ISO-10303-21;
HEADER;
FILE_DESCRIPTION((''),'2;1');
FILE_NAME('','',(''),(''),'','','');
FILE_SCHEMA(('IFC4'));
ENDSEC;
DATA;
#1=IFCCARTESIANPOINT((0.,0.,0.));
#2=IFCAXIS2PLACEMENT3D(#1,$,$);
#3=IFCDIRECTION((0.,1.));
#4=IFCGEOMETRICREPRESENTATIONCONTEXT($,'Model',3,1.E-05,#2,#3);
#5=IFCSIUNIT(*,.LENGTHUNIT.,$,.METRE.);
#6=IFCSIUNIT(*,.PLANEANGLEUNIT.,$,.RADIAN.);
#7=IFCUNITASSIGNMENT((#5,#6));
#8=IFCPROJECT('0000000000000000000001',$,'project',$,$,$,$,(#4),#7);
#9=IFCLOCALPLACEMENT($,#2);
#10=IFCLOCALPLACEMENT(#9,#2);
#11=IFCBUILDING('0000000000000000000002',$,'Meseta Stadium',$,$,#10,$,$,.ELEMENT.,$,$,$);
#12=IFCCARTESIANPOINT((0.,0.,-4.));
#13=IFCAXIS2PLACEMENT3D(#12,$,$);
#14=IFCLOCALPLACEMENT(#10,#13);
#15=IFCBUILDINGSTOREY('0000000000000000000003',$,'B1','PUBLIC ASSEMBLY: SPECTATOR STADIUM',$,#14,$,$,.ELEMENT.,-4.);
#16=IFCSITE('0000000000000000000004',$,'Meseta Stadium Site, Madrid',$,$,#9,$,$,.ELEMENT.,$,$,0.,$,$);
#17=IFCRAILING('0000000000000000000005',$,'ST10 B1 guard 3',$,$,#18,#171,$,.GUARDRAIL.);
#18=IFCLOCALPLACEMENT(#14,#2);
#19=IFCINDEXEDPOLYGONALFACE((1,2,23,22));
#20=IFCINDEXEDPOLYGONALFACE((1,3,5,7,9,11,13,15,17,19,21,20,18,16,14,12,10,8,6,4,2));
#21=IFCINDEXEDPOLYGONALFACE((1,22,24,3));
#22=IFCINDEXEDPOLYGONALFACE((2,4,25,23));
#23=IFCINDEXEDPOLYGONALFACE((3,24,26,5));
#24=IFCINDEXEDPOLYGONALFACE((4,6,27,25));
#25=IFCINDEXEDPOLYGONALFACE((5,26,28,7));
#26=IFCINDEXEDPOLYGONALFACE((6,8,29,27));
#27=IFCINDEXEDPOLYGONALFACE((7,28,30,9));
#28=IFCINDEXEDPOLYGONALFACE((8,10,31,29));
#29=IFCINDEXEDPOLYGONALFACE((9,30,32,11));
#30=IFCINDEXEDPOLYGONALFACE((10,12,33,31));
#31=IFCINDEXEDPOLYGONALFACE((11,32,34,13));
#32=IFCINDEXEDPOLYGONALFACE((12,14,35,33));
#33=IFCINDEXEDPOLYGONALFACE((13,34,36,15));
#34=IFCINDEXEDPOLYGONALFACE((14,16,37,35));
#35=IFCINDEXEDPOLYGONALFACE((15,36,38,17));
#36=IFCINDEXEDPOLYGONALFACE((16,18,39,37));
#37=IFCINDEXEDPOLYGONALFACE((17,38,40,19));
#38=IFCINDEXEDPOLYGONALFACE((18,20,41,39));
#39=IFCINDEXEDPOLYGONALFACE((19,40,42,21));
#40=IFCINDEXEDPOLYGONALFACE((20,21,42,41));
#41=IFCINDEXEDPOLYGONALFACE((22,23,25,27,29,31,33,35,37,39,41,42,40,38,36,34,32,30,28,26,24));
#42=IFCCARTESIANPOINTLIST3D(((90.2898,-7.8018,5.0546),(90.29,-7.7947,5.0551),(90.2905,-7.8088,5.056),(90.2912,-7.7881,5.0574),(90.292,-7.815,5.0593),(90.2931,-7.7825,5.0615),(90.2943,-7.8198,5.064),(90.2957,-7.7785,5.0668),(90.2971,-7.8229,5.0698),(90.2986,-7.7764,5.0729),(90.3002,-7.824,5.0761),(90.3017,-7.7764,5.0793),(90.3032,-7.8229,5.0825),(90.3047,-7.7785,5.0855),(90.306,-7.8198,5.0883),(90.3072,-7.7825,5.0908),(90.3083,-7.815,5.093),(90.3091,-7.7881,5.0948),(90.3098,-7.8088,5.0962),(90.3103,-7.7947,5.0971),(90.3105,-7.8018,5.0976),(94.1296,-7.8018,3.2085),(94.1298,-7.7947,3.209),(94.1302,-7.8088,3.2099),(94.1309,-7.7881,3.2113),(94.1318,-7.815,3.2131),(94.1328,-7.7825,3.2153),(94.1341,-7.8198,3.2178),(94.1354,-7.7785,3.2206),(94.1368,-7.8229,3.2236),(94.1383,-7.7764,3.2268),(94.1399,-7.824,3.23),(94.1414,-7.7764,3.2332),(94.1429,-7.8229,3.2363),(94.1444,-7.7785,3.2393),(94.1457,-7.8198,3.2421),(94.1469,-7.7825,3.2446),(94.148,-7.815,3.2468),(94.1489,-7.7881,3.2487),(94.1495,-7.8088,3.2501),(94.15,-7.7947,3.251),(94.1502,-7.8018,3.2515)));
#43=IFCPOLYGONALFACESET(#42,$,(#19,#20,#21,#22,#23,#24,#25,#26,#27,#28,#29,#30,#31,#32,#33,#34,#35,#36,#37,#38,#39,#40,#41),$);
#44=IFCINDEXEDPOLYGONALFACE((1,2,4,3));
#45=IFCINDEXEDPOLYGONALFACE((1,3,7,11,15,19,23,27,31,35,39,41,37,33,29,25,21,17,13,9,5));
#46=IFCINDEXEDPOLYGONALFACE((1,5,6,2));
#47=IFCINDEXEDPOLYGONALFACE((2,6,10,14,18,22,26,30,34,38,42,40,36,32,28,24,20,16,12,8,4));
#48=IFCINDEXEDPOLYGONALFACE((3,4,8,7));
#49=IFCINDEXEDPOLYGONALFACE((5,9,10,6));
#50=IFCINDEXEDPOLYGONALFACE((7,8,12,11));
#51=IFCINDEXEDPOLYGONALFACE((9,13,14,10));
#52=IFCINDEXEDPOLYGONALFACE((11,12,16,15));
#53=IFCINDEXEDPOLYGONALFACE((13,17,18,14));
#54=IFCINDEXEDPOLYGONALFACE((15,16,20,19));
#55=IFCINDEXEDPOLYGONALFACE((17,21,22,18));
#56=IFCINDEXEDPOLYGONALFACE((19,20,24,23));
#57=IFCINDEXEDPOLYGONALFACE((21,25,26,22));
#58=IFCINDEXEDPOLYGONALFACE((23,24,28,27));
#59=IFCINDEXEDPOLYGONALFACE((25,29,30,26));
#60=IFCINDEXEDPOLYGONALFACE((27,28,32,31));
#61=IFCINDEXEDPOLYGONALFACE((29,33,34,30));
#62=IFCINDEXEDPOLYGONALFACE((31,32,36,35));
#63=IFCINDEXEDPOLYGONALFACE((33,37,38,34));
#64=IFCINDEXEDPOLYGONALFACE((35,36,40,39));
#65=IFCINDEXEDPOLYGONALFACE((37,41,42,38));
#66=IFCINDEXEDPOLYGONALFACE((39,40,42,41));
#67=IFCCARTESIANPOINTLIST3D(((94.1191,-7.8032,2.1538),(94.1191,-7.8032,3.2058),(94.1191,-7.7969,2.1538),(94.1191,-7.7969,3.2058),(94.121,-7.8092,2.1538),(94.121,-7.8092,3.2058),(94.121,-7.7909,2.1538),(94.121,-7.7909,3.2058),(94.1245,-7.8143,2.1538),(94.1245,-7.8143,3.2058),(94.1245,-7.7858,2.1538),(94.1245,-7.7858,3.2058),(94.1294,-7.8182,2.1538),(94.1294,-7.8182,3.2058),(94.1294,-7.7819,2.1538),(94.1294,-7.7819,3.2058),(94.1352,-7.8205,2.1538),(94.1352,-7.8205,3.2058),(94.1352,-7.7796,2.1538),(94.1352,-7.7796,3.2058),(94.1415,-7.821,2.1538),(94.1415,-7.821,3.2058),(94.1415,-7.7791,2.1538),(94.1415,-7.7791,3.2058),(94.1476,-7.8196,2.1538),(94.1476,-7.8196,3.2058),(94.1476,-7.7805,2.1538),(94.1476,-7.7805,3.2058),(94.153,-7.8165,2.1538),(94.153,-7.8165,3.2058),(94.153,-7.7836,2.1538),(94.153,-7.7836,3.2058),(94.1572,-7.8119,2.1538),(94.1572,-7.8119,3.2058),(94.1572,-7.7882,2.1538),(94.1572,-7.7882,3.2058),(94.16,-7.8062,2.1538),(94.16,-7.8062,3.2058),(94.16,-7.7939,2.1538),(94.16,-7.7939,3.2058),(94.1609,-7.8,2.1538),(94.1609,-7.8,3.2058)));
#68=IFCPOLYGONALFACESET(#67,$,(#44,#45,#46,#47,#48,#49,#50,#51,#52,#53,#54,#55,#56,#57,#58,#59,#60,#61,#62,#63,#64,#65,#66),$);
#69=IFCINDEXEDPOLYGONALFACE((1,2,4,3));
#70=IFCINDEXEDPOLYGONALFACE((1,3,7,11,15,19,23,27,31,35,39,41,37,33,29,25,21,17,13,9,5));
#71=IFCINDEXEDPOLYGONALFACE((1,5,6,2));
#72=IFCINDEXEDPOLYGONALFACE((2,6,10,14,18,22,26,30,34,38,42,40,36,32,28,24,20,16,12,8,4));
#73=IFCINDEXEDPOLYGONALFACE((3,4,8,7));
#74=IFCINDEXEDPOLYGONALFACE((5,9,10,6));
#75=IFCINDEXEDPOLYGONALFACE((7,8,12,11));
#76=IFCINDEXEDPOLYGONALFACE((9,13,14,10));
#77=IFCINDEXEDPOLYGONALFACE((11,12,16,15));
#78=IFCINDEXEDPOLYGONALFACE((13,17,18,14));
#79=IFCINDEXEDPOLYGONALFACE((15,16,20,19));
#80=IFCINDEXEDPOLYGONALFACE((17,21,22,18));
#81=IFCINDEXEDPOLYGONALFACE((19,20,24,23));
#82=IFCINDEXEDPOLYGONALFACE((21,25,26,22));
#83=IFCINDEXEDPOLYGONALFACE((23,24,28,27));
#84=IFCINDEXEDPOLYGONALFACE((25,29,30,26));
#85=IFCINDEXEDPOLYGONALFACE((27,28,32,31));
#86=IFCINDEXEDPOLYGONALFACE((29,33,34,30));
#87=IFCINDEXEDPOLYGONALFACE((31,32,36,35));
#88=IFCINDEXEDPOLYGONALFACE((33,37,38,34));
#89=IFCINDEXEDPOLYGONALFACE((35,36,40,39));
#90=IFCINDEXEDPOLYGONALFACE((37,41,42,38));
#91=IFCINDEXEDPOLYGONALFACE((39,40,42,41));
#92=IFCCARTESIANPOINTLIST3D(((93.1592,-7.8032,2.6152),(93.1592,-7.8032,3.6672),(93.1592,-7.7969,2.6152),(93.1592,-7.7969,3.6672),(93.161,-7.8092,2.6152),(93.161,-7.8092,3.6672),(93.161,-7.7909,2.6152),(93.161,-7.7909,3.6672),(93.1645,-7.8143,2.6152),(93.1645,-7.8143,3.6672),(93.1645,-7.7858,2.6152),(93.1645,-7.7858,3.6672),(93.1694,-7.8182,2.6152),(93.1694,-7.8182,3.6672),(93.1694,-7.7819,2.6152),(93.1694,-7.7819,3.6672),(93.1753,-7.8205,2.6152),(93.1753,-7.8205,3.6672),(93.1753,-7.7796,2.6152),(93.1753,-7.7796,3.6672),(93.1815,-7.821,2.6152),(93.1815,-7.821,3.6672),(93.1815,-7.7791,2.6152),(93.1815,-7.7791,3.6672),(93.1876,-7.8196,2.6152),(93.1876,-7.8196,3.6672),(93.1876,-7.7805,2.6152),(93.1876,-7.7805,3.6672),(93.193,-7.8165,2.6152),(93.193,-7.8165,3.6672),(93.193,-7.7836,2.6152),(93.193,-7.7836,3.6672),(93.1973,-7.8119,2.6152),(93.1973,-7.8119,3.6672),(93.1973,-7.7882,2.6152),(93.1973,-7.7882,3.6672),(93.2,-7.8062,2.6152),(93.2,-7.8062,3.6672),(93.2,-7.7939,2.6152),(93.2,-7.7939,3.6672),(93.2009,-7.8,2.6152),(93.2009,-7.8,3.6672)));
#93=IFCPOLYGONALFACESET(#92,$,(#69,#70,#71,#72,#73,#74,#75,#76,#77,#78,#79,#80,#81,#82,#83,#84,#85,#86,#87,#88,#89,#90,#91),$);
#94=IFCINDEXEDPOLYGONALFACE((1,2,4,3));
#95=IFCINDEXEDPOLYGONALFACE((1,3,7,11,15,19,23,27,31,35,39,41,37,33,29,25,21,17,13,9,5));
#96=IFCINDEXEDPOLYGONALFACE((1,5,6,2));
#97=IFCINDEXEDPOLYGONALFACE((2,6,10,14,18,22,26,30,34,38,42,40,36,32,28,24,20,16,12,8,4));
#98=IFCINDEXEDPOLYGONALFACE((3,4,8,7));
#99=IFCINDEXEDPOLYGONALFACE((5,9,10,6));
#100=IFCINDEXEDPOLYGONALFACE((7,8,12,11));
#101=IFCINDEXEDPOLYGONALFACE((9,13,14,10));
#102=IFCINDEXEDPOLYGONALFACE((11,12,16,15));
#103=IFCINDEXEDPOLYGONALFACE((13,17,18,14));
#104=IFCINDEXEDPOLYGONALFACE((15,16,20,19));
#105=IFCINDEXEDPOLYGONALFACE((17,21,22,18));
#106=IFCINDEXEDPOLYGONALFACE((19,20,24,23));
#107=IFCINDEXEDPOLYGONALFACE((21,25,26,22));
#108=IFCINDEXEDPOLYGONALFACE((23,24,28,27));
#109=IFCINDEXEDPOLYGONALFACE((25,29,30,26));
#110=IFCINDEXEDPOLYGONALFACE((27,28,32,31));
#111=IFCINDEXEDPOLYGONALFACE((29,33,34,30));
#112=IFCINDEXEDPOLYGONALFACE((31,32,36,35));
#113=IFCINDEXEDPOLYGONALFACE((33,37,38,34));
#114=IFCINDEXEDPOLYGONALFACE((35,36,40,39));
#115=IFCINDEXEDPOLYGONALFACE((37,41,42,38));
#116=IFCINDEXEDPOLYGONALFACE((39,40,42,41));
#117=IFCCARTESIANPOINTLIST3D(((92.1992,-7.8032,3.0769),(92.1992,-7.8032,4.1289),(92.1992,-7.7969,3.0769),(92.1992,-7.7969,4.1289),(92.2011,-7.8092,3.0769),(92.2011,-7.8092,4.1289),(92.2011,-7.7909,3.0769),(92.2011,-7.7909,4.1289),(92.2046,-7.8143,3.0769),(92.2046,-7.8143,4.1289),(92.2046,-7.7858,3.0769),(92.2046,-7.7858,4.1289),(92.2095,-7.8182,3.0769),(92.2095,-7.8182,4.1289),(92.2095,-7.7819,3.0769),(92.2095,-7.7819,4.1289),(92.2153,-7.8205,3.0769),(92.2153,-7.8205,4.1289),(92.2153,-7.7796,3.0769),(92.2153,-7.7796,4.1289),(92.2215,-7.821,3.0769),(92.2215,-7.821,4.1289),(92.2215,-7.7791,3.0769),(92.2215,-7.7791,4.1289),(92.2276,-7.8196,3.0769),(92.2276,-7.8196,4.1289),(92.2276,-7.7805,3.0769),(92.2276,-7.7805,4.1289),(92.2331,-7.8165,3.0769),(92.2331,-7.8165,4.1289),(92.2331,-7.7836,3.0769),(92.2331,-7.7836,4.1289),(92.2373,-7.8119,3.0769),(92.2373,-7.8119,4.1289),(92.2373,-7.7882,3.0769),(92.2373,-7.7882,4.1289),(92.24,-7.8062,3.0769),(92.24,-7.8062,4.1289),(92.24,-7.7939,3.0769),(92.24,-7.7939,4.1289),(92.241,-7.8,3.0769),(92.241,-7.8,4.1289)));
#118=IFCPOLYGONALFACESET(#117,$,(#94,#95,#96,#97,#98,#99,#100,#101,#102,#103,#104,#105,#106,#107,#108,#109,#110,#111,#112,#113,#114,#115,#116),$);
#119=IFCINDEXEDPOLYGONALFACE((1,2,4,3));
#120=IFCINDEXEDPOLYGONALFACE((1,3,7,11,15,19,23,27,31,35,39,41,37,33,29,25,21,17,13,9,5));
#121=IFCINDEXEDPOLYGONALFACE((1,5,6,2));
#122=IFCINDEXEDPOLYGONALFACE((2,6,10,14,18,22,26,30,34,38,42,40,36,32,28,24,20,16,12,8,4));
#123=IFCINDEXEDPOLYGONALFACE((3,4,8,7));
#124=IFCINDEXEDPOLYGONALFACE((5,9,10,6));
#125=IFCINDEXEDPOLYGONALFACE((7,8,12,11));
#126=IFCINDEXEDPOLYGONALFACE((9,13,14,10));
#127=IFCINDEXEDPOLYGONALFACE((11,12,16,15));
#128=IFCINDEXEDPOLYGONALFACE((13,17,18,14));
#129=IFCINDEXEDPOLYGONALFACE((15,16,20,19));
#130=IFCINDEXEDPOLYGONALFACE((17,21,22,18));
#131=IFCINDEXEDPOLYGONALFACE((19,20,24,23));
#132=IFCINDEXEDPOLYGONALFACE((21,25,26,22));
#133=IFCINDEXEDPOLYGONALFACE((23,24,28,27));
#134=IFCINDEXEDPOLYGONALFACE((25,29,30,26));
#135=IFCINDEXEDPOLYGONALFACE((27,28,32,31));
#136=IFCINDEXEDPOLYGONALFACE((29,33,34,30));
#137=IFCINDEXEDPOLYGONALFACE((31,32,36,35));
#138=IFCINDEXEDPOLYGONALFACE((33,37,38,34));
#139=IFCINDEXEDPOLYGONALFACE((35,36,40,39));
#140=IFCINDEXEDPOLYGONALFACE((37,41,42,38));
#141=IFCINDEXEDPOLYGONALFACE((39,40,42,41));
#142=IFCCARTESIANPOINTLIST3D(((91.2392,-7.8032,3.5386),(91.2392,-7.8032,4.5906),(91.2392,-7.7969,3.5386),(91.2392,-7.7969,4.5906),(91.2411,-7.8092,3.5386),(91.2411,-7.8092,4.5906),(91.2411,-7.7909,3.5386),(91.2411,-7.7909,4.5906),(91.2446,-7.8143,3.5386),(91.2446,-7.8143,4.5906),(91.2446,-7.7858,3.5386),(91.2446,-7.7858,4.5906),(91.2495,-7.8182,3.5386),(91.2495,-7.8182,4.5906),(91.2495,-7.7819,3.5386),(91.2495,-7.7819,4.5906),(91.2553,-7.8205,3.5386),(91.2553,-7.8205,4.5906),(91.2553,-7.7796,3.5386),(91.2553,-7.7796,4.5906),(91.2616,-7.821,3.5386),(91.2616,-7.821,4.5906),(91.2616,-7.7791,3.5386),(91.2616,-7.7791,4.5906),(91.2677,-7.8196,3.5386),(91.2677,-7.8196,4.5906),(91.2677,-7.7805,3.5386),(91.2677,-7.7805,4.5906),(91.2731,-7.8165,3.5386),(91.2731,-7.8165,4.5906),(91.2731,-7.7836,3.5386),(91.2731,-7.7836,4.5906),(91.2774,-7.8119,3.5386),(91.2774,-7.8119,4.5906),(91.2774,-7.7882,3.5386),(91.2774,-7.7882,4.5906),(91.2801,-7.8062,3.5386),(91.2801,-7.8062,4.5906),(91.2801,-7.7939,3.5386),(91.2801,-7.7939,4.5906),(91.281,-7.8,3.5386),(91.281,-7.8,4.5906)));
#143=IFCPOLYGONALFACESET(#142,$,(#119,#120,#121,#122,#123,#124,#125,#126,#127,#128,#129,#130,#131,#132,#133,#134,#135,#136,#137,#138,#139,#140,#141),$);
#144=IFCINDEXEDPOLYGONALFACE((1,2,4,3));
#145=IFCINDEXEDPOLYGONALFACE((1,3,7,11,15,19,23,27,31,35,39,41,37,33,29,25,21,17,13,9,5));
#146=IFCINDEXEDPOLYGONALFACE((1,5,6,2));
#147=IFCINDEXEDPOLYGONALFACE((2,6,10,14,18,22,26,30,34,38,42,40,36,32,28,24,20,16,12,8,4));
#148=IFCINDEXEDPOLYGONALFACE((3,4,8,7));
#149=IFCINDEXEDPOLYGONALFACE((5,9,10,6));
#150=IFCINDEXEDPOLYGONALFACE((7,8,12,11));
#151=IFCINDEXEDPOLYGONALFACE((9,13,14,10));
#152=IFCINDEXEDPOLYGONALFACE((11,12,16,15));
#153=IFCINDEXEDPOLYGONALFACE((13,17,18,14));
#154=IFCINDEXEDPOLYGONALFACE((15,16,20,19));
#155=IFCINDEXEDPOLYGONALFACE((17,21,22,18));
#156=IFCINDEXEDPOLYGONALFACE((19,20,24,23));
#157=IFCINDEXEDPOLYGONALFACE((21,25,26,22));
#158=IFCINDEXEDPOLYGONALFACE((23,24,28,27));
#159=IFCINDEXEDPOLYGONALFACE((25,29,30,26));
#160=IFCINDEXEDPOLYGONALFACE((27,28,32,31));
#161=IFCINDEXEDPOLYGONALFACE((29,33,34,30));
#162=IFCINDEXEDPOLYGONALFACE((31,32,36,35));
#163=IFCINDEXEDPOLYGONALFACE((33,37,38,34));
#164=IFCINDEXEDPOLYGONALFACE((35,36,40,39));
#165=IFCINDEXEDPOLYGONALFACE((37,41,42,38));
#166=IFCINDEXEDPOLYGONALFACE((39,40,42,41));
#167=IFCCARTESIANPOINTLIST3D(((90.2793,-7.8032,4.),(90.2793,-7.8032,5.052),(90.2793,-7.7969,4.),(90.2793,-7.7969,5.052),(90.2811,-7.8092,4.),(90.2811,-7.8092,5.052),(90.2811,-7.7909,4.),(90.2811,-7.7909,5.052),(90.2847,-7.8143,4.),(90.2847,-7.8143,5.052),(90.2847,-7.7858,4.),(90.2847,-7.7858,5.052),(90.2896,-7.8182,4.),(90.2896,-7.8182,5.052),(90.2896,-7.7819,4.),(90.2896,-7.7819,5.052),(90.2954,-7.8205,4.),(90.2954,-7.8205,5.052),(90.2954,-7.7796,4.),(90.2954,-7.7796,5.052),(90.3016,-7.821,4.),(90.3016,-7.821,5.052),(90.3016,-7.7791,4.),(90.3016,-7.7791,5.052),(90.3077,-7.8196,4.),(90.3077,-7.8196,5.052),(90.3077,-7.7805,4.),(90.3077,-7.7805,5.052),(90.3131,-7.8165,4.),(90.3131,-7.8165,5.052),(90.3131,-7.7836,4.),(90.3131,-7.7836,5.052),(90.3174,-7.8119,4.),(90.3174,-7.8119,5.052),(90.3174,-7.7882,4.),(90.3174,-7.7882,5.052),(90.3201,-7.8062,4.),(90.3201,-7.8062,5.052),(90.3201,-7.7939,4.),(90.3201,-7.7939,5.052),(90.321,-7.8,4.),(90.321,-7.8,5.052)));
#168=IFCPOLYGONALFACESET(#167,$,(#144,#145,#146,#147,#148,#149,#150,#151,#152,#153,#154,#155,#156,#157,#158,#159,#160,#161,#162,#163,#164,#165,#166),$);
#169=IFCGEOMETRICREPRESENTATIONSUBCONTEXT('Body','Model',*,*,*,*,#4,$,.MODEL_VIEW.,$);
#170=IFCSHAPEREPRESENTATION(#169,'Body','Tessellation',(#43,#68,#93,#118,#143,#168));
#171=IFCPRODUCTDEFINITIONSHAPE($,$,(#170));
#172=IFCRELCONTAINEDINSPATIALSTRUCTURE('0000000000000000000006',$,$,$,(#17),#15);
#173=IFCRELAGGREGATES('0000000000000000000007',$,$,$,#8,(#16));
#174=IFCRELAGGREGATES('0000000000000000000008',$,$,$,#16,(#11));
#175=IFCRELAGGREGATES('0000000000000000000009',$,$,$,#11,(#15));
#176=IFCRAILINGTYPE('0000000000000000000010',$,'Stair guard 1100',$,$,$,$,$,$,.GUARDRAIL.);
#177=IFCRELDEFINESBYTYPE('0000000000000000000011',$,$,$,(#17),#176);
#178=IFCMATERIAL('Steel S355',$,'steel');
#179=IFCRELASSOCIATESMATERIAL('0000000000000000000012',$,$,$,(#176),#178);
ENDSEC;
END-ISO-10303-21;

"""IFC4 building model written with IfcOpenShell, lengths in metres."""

from ifc_helpers import new_model, si_unit, direction, frame, origin, origin_2d, place, context, subcontext, project, spatial, circle, extrude, material, type_object, element, save


model = new_model("IFC4")

# Units and contexts
model_context = context("Model", 3, precision=1e-05, world=origin(), true_north=direction((0.0, 1.0)))
body_context = subcontext(model_context, "Body", "Model", "MODEL_VIEW")
ifc_project = project(units=[si_unit("LENGTHUNIT", "METRE"), si_unit("PLANEANGLEUNIT", "RADIAN")], contexts=[model_context])

# Site, building, storey
site_placement = place(None, origin())
site = spatial("IfcSite", under=ifc_project, at=site_placement, Name="Meseta Stadium Site, Madrid", CompositionType="ELEMENT", RefElevation=0.0)
building_placement = place(site_placement, origin())
building = spatial("IfcBuilding", under=site, at=building_placement, Name="Meseta Stadium", CompositionType="ELEMENT")
storey_placement = place(building_placement, frame((0.0, 0.0, -4.0)))
storey = spatial("IfcBuildingStorey", under=building, at=storey_placement, Name="B1", Description="PUBLIC ASSEMBLY: SPECTATOR STADIUM", CompositionType="ELEMENT", Elevation=-4.0)

# Railing
ifc_material_1 = material(Name="Steel S355", Category="steel")
railing_type_1 = type_object("IfcRailingType", Name="Stair guard 1100", PredefinedType="GUARDRAIL", material=ifc_material_1)
railing_1_placement = place(storey_placement, frame((94.1399, -7.8, 2.1538)))
element("IfcRailing", 1, at=railing_1_placement, inside=storey, type_object=railing_type_1, Name="ST10 B1 guard 3", PredefinedType="GUARDRAIL", context=body_context, shape_type="SweptSolid", body=[
    extrude(circle(Radius=0.0239, at=origin_2d()), frame((0.0, 0.0, 1.0762), z_axis=(-0.901242, 0.0, 0.433316), x_axis=(0.0, -1.0, 0.0)), (0.0, 0.0, 1.0), 4.2605),
    extrude(circle(Radius=0.021, at=origin_2d()), origin(), (0.0, 0.0, 1.0), 1.052),
    extrude(circle(Radius=0.021, at=origin_2d()), frame((-0.96, 0.0, 0.4614)), (0.0, 0.0, 1.0), 1.052),
    extrude(circle(Radius=0.021, at=origin_2d()), frame((-1.9199, 0.0, 0.9231)), (0.0, 0.0, 1.0), 1.052),
    extrude(circle(Radius=0.021, at=origin_2d()), frame((-2.8799, 0.0, 1.3848)), (0.0, 0.0, 1.0), 1.052),
    extrude(circle(Radius=0.021, at=origin_2d()), frame((-3.8398, 0.0, 1.8462)), (0.0, 0.0, 1.0), 1.052),
])

save(model, "model.ifc")
